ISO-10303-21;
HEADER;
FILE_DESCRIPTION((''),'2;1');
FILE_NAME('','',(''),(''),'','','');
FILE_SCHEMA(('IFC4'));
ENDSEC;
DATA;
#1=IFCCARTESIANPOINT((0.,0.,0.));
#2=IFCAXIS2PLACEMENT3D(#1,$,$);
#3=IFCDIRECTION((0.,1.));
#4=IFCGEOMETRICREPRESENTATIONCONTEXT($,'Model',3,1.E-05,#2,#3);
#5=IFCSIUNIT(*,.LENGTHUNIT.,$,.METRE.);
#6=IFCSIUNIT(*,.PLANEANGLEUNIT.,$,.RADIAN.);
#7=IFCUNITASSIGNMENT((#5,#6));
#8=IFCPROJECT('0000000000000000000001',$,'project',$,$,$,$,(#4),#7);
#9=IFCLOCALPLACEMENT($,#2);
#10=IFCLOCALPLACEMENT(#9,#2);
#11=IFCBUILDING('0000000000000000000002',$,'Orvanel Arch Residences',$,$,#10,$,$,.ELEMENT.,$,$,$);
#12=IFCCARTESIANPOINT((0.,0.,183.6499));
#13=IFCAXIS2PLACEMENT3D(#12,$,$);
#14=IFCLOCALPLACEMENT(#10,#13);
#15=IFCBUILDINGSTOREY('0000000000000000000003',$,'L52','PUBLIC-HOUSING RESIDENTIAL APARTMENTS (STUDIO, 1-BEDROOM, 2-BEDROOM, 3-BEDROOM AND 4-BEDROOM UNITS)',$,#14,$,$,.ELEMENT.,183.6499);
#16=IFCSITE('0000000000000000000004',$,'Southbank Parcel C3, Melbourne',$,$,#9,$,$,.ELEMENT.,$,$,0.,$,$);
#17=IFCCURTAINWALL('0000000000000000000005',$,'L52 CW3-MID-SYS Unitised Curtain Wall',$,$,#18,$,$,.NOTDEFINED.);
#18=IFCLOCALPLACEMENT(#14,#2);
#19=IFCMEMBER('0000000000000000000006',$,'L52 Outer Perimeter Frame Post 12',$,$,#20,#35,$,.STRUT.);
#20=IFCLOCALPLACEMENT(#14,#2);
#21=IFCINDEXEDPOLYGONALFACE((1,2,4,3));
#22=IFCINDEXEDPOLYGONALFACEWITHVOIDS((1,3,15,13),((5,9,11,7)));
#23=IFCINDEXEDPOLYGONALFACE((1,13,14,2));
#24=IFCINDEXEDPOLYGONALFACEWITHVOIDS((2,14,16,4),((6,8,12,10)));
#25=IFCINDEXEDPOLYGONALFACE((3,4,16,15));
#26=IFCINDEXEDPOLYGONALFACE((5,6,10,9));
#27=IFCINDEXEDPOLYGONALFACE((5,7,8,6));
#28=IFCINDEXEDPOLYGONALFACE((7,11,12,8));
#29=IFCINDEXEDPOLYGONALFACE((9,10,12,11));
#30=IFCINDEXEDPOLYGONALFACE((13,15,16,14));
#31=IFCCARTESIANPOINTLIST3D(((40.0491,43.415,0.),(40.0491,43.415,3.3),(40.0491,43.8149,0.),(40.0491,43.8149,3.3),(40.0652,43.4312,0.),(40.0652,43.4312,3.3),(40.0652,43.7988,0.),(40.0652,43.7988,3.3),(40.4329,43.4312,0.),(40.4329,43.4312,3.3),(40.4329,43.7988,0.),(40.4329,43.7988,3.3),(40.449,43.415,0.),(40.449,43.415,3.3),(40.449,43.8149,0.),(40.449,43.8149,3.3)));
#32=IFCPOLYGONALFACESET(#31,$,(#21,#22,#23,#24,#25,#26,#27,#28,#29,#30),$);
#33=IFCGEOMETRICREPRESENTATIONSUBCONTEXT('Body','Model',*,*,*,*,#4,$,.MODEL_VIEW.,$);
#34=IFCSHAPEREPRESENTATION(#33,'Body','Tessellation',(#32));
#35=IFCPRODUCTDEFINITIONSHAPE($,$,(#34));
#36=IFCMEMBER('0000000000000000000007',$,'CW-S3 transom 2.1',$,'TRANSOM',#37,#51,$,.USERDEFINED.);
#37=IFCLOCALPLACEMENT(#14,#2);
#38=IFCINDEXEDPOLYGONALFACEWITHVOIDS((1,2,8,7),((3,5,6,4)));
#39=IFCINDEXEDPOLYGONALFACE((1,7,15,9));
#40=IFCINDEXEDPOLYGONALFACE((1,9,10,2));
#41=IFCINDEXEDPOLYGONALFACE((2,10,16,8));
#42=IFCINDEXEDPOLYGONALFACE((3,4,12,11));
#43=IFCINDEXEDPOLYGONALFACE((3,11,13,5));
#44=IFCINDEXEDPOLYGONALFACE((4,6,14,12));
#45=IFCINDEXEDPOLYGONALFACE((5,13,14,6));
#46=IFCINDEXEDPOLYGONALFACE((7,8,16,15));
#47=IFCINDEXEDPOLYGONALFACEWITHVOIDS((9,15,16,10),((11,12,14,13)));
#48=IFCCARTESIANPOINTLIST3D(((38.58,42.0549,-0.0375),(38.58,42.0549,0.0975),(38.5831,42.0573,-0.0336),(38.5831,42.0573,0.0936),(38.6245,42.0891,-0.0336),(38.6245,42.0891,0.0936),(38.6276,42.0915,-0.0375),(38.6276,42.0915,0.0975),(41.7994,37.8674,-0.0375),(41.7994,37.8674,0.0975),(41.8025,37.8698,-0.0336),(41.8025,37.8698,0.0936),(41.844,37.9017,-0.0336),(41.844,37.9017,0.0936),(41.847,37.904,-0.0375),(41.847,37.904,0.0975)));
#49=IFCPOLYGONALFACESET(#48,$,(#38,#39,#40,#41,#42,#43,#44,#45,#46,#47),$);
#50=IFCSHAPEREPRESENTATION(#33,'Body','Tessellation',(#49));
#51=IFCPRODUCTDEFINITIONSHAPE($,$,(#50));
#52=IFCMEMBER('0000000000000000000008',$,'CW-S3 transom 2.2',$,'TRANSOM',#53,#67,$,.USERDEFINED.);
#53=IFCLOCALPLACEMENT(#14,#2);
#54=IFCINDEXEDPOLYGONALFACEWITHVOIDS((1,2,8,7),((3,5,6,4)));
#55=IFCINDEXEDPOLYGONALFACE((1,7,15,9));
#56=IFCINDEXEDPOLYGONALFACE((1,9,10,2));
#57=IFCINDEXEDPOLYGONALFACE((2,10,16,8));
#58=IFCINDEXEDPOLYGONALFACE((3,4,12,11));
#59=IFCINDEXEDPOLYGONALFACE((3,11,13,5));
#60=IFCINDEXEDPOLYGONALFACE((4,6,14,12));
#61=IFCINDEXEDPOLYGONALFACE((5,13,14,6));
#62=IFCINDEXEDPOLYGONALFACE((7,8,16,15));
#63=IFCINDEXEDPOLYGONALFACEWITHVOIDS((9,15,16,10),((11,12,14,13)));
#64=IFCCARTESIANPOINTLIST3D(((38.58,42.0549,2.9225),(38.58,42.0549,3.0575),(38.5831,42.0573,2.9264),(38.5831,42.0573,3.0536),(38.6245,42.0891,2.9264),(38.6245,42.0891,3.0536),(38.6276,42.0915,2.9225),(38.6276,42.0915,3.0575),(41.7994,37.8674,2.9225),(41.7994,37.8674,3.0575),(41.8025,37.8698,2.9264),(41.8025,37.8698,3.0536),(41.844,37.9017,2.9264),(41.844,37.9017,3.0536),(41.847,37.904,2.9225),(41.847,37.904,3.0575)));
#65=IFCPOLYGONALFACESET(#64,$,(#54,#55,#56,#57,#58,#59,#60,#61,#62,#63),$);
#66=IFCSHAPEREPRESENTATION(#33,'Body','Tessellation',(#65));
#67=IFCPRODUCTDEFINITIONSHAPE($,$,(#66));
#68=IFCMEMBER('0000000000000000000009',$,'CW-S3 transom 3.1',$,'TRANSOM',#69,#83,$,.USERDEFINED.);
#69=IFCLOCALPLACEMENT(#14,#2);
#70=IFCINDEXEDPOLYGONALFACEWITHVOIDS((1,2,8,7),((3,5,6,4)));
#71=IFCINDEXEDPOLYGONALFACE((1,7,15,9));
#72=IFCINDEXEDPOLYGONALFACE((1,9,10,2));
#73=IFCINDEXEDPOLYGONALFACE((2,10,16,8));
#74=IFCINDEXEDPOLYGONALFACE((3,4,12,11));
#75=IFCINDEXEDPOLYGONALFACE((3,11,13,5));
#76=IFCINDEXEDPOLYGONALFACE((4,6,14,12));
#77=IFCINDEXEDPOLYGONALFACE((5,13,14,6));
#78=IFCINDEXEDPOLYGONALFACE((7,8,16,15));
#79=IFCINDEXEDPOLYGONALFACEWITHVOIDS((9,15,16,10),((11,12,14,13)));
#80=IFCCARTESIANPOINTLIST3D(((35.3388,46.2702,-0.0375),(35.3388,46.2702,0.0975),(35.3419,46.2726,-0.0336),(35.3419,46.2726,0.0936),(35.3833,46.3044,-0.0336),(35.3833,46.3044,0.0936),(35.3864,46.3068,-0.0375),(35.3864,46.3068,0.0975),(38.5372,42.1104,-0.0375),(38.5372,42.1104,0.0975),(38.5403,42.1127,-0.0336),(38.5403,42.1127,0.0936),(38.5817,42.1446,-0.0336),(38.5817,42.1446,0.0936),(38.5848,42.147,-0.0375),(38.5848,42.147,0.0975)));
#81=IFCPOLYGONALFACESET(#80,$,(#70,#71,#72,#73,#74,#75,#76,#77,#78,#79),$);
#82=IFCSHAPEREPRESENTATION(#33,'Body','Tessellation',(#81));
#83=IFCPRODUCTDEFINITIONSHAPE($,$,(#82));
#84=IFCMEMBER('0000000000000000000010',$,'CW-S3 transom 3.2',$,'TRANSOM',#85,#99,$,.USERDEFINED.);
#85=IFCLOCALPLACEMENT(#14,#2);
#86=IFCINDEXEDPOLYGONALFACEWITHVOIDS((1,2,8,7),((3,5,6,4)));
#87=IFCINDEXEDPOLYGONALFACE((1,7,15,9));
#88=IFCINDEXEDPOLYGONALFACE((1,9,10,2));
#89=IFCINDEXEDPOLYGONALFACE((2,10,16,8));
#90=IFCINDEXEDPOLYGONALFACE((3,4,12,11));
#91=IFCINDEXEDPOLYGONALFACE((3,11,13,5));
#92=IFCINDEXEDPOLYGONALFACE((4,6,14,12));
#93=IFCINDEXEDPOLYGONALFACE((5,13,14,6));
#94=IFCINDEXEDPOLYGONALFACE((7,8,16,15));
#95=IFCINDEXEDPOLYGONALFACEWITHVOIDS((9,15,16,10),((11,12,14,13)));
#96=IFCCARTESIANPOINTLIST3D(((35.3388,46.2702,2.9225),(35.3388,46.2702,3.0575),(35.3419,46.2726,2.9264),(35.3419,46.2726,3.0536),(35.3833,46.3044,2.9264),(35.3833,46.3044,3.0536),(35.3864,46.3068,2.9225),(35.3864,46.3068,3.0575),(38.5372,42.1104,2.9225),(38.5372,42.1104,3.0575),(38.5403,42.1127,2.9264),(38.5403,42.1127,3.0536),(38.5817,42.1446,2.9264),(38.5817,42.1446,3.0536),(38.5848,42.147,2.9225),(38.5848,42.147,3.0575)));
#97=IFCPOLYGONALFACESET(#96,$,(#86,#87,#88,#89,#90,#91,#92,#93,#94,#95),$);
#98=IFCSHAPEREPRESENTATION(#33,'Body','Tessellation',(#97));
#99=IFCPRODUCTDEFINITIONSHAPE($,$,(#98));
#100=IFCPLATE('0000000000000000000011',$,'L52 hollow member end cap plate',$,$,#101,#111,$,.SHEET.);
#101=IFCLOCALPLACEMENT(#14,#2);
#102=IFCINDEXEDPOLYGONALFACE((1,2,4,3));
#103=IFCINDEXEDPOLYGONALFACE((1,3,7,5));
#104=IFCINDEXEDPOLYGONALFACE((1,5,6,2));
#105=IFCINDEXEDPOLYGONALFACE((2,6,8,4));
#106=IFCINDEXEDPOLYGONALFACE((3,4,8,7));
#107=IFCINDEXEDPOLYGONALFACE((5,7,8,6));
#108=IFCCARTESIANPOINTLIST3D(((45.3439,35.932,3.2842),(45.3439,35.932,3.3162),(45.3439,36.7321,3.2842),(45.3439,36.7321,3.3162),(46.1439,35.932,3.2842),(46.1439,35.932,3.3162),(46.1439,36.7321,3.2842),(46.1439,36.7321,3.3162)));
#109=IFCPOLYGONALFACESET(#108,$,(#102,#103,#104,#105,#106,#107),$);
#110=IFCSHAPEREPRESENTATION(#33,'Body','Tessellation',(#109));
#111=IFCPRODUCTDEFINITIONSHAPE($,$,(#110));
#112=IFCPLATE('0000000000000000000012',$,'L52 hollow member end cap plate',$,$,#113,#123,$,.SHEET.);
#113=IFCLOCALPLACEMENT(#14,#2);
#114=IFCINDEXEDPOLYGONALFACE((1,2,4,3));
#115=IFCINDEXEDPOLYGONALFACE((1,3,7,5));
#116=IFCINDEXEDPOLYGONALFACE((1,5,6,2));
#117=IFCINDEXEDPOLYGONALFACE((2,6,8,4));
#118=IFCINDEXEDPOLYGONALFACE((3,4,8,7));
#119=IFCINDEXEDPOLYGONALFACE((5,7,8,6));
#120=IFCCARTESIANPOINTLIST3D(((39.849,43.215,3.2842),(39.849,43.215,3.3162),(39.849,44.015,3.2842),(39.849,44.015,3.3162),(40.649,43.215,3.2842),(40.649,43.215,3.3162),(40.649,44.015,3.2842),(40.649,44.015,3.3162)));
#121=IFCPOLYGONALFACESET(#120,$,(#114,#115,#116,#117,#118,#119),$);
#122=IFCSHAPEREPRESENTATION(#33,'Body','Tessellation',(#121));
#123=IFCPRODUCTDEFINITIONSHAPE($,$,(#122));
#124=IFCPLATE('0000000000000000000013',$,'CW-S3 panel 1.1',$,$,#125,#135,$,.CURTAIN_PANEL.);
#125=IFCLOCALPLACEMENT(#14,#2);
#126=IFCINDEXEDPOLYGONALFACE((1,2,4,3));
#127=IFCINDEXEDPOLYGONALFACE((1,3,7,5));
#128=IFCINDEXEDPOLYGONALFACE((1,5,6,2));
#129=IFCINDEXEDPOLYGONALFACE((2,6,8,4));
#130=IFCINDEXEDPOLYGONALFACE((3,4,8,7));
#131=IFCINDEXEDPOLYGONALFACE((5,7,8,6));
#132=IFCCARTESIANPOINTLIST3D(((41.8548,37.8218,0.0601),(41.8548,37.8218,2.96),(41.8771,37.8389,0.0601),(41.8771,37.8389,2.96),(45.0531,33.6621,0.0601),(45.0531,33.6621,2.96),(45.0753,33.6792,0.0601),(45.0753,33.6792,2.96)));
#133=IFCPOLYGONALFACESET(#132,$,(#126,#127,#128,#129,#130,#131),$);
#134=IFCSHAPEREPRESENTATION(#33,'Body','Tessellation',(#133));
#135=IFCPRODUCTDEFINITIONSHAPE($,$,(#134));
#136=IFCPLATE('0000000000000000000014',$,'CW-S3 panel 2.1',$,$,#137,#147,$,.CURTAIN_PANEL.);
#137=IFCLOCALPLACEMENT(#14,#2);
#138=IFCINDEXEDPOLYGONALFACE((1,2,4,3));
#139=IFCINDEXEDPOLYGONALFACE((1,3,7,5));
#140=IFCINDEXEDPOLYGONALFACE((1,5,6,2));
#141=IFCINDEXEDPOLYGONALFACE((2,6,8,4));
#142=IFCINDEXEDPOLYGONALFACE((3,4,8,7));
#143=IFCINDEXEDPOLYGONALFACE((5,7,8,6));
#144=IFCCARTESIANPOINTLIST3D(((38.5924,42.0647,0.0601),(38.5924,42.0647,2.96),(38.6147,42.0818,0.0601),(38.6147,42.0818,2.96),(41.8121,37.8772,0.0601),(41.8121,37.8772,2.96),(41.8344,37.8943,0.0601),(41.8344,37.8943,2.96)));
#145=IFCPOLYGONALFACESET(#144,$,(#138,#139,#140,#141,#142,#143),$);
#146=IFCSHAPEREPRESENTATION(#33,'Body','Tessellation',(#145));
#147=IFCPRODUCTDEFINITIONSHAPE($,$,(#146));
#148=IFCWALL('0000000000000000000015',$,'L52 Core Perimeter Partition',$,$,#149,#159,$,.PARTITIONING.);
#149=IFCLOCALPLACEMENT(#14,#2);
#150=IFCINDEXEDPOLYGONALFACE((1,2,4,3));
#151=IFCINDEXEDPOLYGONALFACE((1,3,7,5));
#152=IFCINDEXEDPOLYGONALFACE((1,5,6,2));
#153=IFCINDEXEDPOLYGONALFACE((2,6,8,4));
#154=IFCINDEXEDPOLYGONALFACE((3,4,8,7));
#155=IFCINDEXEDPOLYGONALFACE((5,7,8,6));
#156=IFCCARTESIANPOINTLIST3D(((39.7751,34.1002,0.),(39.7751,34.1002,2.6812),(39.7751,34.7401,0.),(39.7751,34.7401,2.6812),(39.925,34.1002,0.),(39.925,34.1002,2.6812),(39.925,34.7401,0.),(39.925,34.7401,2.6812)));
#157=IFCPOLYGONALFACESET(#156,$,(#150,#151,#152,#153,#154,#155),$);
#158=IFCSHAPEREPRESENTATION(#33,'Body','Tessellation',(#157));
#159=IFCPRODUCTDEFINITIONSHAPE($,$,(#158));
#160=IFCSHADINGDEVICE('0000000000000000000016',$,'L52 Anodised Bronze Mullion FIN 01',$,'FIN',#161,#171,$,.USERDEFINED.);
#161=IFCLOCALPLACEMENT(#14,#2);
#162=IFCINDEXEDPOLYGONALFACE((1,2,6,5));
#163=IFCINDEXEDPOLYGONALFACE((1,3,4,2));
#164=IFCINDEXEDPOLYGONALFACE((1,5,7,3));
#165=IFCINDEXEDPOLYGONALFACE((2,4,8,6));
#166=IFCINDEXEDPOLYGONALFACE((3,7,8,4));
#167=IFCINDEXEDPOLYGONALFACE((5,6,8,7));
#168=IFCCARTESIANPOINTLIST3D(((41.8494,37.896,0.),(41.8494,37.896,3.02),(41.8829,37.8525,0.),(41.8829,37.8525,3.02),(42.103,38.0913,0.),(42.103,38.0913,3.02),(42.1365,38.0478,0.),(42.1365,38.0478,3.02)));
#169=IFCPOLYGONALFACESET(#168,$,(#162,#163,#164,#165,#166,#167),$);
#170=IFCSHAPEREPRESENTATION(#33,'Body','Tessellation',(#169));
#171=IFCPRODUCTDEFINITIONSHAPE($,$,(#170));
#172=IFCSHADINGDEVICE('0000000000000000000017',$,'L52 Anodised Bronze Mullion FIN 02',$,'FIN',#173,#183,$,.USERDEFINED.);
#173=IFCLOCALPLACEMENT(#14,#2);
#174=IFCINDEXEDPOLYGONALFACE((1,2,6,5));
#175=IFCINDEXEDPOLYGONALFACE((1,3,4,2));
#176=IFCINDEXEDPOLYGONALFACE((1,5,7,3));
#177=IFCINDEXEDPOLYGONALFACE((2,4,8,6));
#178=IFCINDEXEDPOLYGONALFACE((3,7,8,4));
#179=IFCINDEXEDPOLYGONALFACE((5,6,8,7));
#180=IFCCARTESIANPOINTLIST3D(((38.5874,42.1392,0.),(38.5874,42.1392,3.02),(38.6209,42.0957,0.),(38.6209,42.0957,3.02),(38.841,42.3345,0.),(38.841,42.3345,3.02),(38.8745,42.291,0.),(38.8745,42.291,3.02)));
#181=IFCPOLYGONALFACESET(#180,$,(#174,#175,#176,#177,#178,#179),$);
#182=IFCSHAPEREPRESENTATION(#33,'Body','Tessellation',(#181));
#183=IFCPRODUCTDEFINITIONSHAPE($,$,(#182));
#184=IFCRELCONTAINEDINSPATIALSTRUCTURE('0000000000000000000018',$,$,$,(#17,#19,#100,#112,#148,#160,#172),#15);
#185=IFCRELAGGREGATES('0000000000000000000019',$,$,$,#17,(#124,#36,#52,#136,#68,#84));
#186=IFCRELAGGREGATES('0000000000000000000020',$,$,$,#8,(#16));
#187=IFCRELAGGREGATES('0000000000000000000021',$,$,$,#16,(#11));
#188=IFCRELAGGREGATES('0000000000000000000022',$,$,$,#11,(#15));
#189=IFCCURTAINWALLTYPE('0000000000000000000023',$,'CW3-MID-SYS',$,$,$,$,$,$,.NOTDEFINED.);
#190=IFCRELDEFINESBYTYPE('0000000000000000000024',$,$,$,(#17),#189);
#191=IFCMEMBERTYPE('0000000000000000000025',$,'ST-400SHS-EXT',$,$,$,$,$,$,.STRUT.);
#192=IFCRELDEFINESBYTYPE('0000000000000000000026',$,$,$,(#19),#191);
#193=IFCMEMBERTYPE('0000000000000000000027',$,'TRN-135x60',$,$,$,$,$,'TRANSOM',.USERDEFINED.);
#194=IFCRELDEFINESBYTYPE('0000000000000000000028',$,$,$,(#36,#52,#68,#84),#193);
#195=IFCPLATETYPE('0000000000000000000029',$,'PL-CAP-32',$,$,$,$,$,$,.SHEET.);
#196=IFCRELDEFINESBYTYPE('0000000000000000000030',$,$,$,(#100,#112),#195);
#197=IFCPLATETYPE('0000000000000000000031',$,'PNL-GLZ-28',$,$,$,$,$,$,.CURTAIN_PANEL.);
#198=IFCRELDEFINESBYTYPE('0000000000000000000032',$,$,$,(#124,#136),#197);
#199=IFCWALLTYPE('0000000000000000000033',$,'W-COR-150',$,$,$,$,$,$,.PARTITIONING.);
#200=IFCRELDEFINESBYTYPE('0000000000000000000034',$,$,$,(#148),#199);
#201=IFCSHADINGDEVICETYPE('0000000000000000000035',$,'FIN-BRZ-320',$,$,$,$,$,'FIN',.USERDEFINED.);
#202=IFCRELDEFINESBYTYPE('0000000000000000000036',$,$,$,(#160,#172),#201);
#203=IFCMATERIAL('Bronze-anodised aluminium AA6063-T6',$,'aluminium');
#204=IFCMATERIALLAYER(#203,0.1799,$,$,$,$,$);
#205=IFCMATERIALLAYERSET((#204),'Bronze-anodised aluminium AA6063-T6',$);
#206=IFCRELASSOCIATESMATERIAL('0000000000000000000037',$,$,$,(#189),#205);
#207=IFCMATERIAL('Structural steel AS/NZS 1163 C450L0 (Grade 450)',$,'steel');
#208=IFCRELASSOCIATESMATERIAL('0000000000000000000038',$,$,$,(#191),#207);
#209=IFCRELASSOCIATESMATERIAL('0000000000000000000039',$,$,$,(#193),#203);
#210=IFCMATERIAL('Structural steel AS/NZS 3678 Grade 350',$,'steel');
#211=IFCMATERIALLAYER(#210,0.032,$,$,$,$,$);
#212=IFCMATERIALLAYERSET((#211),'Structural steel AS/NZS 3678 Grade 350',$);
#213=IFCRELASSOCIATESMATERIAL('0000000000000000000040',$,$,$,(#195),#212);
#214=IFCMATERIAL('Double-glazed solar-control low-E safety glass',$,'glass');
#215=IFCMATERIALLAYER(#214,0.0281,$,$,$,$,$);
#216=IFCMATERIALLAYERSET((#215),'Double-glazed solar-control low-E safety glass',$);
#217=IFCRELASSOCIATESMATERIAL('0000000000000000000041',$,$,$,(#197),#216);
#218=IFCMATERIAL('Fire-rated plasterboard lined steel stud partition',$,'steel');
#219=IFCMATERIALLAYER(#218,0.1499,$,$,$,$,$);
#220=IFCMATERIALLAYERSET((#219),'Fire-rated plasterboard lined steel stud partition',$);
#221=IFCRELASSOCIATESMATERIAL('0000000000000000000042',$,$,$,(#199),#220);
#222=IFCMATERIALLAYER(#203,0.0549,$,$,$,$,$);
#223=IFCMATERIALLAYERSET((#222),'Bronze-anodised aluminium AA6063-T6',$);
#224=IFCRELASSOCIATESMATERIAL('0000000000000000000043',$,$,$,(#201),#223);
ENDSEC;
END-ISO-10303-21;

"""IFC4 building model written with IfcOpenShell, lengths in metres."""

from ifc_helpers import new_model, si_unit, direction, frame, frame_2d, origin, origin_2d, place, context, subcontext, project, spatial, rectangle, hollow_rectangle, extrude, material, layer, layer_set, material_profile, profile_set, type_object, element, aggregate, save


model = new_model("IFC4")

# Units and contexts
model_context = context("Model", 3, precision=1e-05, world=origin(), true_north=direction((0.0, 1.0)))
body_context = subcontext(model_context, "Body", "Model", "MODEL_VIEW")
ifc_project = project(units=[si_unit("LENGTHUNIT", "METRE"), si_unit("PLANEANGLEUNIT", "RADIAN")], contexts=[model_context])

# Site, building, storey
site_placement = place(None, origin())
site = spatial("IfcSite", under=ifc_project, at=site_placement, Name="Southbank Parcel C3, Melbourne", CompositionType="ELEMENT", RefElevation=0.0)
building_placement = place(site_placement, origin())
building = spatial("IfcBuilding", under=site, at=building_placement, Name="Orvanel Arch Residences", CompositionType="ELEMENT")
storey_placement = place(building_placement, frame((0.0, 0.0, 183.6499)))
storey = spatial("IfcBuildingStorey", under=building, at=storey_placement, Name="L52", Description="PUBLIC-HOUSING RESIDENTIAL APARTMENTS (STUDIO, 1-BEDROOM, 2-BEDROOM, 3-BEDROOM AND 4-BEDROOM UNITS)", CompositionType="ELEMENT", Elevation=183.6499)

# Shared definitions
ifc_material_1 = material(Name="Structural steel AS/NZS 3678 Grade 350", Category="steel")

# Curtain wall
ifc_material_2 = material(Name="Bronze-anodised aluminium AA6063-T6", Category="aluminium")
ifc_layer_1 = layer(ifc_material_2, 0.1799)
ifc_layer_set_1 = layer_set([ifc_layer_1], Name="Bronze-anodised aluminium AA6063-T6")
curtain_wall_type = type_object("IfcCurtainWallType", Name="CW3-MID-SYS", PredefinedType="NOTDEFINED", material=ifc_layer_set_1)
curtain_wall_placement = place(storey_placement, origin())
curtain_wall = element("IfcCurtainWall", 1, at=curtain_wall_placement, inside=storey, type_object=curtain_wall_type, Name="L52 CW3-MID-SYS Unitised Curtain Wall", PredefinedType="NOTDEFINED")

# Member
ifc_material_3 = material(Name="Structural steel AS/NZS 1163 C450L0 (Grade 450)", Category="steel")
ifc_material_profile_1 = material_profile(ifc_material_3, hollow_rectangle(XDim=0.3999, YDim=0.3999, WallThickness=0.0161, at=origin_2d()), Name="SHS400x400x16")
ifc_profile_set_1 = profile_set([ifc_material_profile_1], Name="Structural steel AS/NZS 1163 C450L0 (Grade 450)")
member_type_1 = type_object("IfcMemberType", Name="ST-400SHS-EXT", PredefinedType="STRUT", material=ifc_profile_set_1)
for number, where, z_axis, x_axis, name in (
    (2, (40.249, 43.615, 0.0), (0.0, 0.0, 1.0), (1.0, 0.0, 0.0), "L52 Outer Perimeter Frame Post 12"),
):
    element("IfcMember", number, at=place(storey_placement, frame(where, z_axis=z_axis, x_axis=x_axis)), inside=storey, type_object=member_type_1, Name=name, PredefinedType="STRUT", context=body_context, shape_type="SweptSolid", body=[
        extrude(hollow_rectangle(XDim=0.3999, YDim=0.3999, WallThickness=0.0161, at=origin_2d()), origin(), (0.0, 0.0, 1.0), 3.3),
    ])

# Members
ifc_material_profile_2 = material_profile(ifc_material_2, hollow_rectangle(XDim=0.0601, YDim=0.135, WallThickness=0.0039, at=origin_2d()), Name="ALU135x60x4")
ifc_profile_set_2 = profile_set([ifc_material_profile_2], Name="Bronze-anodised aluminium AA6063-T6")
member_type_2 = type_object("IfcMemberType", Name="TRN-135x60", ElementType="TRANSOM", PredefinedType="USERDEFINED", material=ifc_profile_set_2)
member_1_placement = place(storey_placement, frame((41.8232, 37.8857, 0.03), z_axis=(-0.609512, 0.792777, 0.0), x_axis=(-0.792777, -0.609512, 0.0)))
member_1 = element("IfcMember", 3, at=member_1_placement, type_object=member_type_2, Name="CW-S3 transom 2.1", ObjectType="TRANSOM", PredefinedType="USERDEFINED", context=body_context, shape_type="SweptSolid", body=[
    extrude(hollow_rectangle(XDim=0.0601, YDim=0.135, WallThickness=0.0039, at=origin_2d()), origin(), (0.0, 0.0, 1.0), 5.282),
])
member_2_placement = place(storey_placement, frame((41.8232, 37.8857, 2.99), z_axis=(-0.609512, 0.792777, 0.0), x_axis=(-0.792777, -0.609512, 0.0)))
member_2 = element("IfcMember", 4, at=member_2_placement, type_object=member_type_2, Name="CW-S3 transom 2.2", ObjectType="TRANSOM", PredefinedType="USERDEFINED", context=body_context, shape_type="SweptSolid", body=[
    extrude(hollow_rectangle(XDim=0.0601, YDim=0.135, WallThickness=0.0039, at=origin_2d()), origin(), (0.0, 0.0, 1.0), 5.282),
])
member_3_placement = place(storey_placement, frame((38.561, 42.1287, 0.03), z_axis=(-0.609538, 0.792757, 0.0), x_axis=(-0.792757, -0.609538, 0.0)))
member_3 = element("IfcMember", 5, at=member_3_placement, type_object=member_type_2, Name="CW-S3 transom 3.1", ObjectType="TRANSOM", PredefinedType="USERDEFINED", context=body_context, shape_type="SweptSolid", body=[
    extrude(hollow_rectangle(XDim=0.0601, YDim=0.135, WallThickness=0.0039, at=origin_2d()), origin(), (0.0, 0.0, 1.0), 5.2473),
])
member_4_placement = place(storey_placement, frame((38.561, 42.1287, 2.99), z_axis=(-0.609538, 0.792757, 0.0), x_axis=(-0.792757, -0.609538, 0.0)))
member_4 = element("IfcMember", 6, at=member_4_placement, type_object=member_type_2, Name="CW-S3 transom 3.2", ObjectType="TRANSOM", PredefinedType="USERDEFINED", context=body_context, shape_type="SweptSolid", body=[
    extrude(hollow_rectangle(XDim=0.0601, YDim=0.135, WallThickness=0.0039, at=origin_2d()), origin(), (0.0, 0.0, 1.0), 5.2473),
])

# Plates
ifc_layer_2 = layer(ifc_material_1, 0.032)
ifc_layer_set_2 = layer_set([ifc_layer_2], Name="Structural steel AS/NZS 3678 Grade 350")
plate_type_1 = type_object("IfcPlateType", Name="PL-CAP-32", PredefinedType="SHEET", material=ifc_layer_set_2)
for number, where, z_axis, x_axis, name in (
    (7, (45.7439, 36.332, 3.2842), (0.0, 0.0, 1.0), (1.0, 0.0, 0.0), "L52 hollow member end cap plate"),
    (8, (40.249, 43.615, 3.2842), (0.0, 0.0, 1.0), (1.0, 0.0, 0.0), "L52 hollow member end cap plate"),
):
    element("IfcPlate", number, at=place(storey_placement, frame(where, z_axis=z_axis, x_axis=x_axis)), inside=storey, type_object=plate_type_1, Name=name, PredefinedType="SHEET", context=body_context, shape_type="SweptSolid", body=[
        extrude(rectangle(XDim=0.8, YDim=0.8, at=origin_2d()), origin(), (0.0, 0.0, 1.0), 0.032),
    ])

# Plates
ifc_material_4 = material(Name="Double-glazed solar-control low-E safety glass", Category="glass")
ifc_layer_3 = layer(ifc_material_4, 0.0281)
ifc_layer_set_3 = layer_set([ifc_layer_3], Name="Double-glazed solar-control low-E safety glass")
plate_type_2 = type_object("IfcPlateType", Name="PNL-GLZ-28", PredefinedType="CURTAIN_PANEL", material=ifc_layer_set_3)
plate_1_placement = place(storey_placement, frame((43.4651, 35.7505, 0.0601), z_axis=(0.0, 0.0, 1.0), x_axis=(-0.609533, 0.792761, 0.0)))
plate_1 = element("IfcPlate", 9, at=plate_1_placement, type_object=plate_type_2, Name="CW-S3 panel 1.1", PredefinedType="CURTAIN_PANEL", context=body_context, shape_type="SweptSolid", body=[
    extrude(rectangle(XDim=5.2471, YDim=0.0281, at=origin_2d()), origin(), (0.0, 0.0, 1.0), 2.8999),
])
plate_2_placement = place(storey_placement, frame((40.2134, 39.9795, 0.0601), z_axis=(0.0, 0.0, 1.0), x_axis=(-0.609533, 0.792761, 0.0)))
plate_2 = element("IfcPlate", 10, at=plate_2_placement, type_object=plate_type_2, Name="CW-S3 panel 2.1", PredefinedType="CURTAIN_PANEL", context=body_context, shape_type="SweptSolid", body=[
    extrude(rectangle(XDim=5.2822, YDim=0.0281, at=origin_2d()), origin(), (0.0, 0.0, 1.0), 2.8999),
])
aggregate(curtain_wall, [plate_1, member_1, member_2, plate_2, member_3, member_4])

# Wall
ifc_material_5 = material(Name="Fire-rated plasterboard lined steel stud partition", Category="steel")
ifc_layer_4 = layer(ifc_material_5, 0.1499)
ifc_layer_set_4 = layer_set([ifc_layer_4], Name="Fire-rated plasterboard lined steel stud partition")
wall_type = type_object("IfcWallType", Name="W-COR-150", PredefinedType="PARTITIONING", material=ifc_layer_set_4)
wall_placement = place(storey_placement, frame((39.8501, 34.74, 0.0), z_axis=(0.0, 0.0, 1.0), x_axis=(0.0, -1.0, 0.0)))
element("IfcWall", 11, at=wall_placement, inside=storey, type_object=wall_type, Name="L52 Core Perimeter Partition", PredefinedType="PARTITIONING", context=body_context, shape_type="SweptSolid", body=[
    extrude(rectangle(XDim=0.6399, YDim=0.1499, at=frame_2d((0.3198, 0.0))), origin(), (0.0, 0.0, 1.0), 2.6812),
])

# Shading devices
ifc_layer_5 = layer(ifc_material_2, 0.0549)
ifc_layer_set_5 = layer_set([ifc_layer_5], Name="Bronze-anodised aluminium AA6063-T6")
shading_device_type = type_object("IfcShadingDeviceType", Name="FIN-BRZ-320", ElementType="FIN", PredefinedType="USERDEFINED", material=ifc_layer_set_5)
for number, where, z_axis, x_axis, name in (
    (12, (41.9929, 37.9719, 0.0), (0.0, 0.0, 1.0), (0.79229, 0.610145, 0.0), "L52 Anodised Bronze Mullion FIN 01"),
    (13, (38.731, 42.2151, 0.0), (0.0, 0.0, 1.0), (0.79229, 0.610145, 0.0), "L52 Anodised Bronze Mullion FIN 02"),
):
    element("IfcShadingDevice", number, at=place(storey_placement, frame(where, z_axis=z_axis, x_axis=x_axis)), inside=storey, type_object=shading_device_type, Name=name, ObjectType="FIN", PredefinedType="USERDEFINED", context=body_context, shape_type="SweptSolid", body=[
        extrude(rectangle(XDim=0.3201, YDim=0.0549, at=origin_2d()), origin(), (0.0, 0.0, 1.0), 3.02),
    ])

save(model, "model.ifc")
